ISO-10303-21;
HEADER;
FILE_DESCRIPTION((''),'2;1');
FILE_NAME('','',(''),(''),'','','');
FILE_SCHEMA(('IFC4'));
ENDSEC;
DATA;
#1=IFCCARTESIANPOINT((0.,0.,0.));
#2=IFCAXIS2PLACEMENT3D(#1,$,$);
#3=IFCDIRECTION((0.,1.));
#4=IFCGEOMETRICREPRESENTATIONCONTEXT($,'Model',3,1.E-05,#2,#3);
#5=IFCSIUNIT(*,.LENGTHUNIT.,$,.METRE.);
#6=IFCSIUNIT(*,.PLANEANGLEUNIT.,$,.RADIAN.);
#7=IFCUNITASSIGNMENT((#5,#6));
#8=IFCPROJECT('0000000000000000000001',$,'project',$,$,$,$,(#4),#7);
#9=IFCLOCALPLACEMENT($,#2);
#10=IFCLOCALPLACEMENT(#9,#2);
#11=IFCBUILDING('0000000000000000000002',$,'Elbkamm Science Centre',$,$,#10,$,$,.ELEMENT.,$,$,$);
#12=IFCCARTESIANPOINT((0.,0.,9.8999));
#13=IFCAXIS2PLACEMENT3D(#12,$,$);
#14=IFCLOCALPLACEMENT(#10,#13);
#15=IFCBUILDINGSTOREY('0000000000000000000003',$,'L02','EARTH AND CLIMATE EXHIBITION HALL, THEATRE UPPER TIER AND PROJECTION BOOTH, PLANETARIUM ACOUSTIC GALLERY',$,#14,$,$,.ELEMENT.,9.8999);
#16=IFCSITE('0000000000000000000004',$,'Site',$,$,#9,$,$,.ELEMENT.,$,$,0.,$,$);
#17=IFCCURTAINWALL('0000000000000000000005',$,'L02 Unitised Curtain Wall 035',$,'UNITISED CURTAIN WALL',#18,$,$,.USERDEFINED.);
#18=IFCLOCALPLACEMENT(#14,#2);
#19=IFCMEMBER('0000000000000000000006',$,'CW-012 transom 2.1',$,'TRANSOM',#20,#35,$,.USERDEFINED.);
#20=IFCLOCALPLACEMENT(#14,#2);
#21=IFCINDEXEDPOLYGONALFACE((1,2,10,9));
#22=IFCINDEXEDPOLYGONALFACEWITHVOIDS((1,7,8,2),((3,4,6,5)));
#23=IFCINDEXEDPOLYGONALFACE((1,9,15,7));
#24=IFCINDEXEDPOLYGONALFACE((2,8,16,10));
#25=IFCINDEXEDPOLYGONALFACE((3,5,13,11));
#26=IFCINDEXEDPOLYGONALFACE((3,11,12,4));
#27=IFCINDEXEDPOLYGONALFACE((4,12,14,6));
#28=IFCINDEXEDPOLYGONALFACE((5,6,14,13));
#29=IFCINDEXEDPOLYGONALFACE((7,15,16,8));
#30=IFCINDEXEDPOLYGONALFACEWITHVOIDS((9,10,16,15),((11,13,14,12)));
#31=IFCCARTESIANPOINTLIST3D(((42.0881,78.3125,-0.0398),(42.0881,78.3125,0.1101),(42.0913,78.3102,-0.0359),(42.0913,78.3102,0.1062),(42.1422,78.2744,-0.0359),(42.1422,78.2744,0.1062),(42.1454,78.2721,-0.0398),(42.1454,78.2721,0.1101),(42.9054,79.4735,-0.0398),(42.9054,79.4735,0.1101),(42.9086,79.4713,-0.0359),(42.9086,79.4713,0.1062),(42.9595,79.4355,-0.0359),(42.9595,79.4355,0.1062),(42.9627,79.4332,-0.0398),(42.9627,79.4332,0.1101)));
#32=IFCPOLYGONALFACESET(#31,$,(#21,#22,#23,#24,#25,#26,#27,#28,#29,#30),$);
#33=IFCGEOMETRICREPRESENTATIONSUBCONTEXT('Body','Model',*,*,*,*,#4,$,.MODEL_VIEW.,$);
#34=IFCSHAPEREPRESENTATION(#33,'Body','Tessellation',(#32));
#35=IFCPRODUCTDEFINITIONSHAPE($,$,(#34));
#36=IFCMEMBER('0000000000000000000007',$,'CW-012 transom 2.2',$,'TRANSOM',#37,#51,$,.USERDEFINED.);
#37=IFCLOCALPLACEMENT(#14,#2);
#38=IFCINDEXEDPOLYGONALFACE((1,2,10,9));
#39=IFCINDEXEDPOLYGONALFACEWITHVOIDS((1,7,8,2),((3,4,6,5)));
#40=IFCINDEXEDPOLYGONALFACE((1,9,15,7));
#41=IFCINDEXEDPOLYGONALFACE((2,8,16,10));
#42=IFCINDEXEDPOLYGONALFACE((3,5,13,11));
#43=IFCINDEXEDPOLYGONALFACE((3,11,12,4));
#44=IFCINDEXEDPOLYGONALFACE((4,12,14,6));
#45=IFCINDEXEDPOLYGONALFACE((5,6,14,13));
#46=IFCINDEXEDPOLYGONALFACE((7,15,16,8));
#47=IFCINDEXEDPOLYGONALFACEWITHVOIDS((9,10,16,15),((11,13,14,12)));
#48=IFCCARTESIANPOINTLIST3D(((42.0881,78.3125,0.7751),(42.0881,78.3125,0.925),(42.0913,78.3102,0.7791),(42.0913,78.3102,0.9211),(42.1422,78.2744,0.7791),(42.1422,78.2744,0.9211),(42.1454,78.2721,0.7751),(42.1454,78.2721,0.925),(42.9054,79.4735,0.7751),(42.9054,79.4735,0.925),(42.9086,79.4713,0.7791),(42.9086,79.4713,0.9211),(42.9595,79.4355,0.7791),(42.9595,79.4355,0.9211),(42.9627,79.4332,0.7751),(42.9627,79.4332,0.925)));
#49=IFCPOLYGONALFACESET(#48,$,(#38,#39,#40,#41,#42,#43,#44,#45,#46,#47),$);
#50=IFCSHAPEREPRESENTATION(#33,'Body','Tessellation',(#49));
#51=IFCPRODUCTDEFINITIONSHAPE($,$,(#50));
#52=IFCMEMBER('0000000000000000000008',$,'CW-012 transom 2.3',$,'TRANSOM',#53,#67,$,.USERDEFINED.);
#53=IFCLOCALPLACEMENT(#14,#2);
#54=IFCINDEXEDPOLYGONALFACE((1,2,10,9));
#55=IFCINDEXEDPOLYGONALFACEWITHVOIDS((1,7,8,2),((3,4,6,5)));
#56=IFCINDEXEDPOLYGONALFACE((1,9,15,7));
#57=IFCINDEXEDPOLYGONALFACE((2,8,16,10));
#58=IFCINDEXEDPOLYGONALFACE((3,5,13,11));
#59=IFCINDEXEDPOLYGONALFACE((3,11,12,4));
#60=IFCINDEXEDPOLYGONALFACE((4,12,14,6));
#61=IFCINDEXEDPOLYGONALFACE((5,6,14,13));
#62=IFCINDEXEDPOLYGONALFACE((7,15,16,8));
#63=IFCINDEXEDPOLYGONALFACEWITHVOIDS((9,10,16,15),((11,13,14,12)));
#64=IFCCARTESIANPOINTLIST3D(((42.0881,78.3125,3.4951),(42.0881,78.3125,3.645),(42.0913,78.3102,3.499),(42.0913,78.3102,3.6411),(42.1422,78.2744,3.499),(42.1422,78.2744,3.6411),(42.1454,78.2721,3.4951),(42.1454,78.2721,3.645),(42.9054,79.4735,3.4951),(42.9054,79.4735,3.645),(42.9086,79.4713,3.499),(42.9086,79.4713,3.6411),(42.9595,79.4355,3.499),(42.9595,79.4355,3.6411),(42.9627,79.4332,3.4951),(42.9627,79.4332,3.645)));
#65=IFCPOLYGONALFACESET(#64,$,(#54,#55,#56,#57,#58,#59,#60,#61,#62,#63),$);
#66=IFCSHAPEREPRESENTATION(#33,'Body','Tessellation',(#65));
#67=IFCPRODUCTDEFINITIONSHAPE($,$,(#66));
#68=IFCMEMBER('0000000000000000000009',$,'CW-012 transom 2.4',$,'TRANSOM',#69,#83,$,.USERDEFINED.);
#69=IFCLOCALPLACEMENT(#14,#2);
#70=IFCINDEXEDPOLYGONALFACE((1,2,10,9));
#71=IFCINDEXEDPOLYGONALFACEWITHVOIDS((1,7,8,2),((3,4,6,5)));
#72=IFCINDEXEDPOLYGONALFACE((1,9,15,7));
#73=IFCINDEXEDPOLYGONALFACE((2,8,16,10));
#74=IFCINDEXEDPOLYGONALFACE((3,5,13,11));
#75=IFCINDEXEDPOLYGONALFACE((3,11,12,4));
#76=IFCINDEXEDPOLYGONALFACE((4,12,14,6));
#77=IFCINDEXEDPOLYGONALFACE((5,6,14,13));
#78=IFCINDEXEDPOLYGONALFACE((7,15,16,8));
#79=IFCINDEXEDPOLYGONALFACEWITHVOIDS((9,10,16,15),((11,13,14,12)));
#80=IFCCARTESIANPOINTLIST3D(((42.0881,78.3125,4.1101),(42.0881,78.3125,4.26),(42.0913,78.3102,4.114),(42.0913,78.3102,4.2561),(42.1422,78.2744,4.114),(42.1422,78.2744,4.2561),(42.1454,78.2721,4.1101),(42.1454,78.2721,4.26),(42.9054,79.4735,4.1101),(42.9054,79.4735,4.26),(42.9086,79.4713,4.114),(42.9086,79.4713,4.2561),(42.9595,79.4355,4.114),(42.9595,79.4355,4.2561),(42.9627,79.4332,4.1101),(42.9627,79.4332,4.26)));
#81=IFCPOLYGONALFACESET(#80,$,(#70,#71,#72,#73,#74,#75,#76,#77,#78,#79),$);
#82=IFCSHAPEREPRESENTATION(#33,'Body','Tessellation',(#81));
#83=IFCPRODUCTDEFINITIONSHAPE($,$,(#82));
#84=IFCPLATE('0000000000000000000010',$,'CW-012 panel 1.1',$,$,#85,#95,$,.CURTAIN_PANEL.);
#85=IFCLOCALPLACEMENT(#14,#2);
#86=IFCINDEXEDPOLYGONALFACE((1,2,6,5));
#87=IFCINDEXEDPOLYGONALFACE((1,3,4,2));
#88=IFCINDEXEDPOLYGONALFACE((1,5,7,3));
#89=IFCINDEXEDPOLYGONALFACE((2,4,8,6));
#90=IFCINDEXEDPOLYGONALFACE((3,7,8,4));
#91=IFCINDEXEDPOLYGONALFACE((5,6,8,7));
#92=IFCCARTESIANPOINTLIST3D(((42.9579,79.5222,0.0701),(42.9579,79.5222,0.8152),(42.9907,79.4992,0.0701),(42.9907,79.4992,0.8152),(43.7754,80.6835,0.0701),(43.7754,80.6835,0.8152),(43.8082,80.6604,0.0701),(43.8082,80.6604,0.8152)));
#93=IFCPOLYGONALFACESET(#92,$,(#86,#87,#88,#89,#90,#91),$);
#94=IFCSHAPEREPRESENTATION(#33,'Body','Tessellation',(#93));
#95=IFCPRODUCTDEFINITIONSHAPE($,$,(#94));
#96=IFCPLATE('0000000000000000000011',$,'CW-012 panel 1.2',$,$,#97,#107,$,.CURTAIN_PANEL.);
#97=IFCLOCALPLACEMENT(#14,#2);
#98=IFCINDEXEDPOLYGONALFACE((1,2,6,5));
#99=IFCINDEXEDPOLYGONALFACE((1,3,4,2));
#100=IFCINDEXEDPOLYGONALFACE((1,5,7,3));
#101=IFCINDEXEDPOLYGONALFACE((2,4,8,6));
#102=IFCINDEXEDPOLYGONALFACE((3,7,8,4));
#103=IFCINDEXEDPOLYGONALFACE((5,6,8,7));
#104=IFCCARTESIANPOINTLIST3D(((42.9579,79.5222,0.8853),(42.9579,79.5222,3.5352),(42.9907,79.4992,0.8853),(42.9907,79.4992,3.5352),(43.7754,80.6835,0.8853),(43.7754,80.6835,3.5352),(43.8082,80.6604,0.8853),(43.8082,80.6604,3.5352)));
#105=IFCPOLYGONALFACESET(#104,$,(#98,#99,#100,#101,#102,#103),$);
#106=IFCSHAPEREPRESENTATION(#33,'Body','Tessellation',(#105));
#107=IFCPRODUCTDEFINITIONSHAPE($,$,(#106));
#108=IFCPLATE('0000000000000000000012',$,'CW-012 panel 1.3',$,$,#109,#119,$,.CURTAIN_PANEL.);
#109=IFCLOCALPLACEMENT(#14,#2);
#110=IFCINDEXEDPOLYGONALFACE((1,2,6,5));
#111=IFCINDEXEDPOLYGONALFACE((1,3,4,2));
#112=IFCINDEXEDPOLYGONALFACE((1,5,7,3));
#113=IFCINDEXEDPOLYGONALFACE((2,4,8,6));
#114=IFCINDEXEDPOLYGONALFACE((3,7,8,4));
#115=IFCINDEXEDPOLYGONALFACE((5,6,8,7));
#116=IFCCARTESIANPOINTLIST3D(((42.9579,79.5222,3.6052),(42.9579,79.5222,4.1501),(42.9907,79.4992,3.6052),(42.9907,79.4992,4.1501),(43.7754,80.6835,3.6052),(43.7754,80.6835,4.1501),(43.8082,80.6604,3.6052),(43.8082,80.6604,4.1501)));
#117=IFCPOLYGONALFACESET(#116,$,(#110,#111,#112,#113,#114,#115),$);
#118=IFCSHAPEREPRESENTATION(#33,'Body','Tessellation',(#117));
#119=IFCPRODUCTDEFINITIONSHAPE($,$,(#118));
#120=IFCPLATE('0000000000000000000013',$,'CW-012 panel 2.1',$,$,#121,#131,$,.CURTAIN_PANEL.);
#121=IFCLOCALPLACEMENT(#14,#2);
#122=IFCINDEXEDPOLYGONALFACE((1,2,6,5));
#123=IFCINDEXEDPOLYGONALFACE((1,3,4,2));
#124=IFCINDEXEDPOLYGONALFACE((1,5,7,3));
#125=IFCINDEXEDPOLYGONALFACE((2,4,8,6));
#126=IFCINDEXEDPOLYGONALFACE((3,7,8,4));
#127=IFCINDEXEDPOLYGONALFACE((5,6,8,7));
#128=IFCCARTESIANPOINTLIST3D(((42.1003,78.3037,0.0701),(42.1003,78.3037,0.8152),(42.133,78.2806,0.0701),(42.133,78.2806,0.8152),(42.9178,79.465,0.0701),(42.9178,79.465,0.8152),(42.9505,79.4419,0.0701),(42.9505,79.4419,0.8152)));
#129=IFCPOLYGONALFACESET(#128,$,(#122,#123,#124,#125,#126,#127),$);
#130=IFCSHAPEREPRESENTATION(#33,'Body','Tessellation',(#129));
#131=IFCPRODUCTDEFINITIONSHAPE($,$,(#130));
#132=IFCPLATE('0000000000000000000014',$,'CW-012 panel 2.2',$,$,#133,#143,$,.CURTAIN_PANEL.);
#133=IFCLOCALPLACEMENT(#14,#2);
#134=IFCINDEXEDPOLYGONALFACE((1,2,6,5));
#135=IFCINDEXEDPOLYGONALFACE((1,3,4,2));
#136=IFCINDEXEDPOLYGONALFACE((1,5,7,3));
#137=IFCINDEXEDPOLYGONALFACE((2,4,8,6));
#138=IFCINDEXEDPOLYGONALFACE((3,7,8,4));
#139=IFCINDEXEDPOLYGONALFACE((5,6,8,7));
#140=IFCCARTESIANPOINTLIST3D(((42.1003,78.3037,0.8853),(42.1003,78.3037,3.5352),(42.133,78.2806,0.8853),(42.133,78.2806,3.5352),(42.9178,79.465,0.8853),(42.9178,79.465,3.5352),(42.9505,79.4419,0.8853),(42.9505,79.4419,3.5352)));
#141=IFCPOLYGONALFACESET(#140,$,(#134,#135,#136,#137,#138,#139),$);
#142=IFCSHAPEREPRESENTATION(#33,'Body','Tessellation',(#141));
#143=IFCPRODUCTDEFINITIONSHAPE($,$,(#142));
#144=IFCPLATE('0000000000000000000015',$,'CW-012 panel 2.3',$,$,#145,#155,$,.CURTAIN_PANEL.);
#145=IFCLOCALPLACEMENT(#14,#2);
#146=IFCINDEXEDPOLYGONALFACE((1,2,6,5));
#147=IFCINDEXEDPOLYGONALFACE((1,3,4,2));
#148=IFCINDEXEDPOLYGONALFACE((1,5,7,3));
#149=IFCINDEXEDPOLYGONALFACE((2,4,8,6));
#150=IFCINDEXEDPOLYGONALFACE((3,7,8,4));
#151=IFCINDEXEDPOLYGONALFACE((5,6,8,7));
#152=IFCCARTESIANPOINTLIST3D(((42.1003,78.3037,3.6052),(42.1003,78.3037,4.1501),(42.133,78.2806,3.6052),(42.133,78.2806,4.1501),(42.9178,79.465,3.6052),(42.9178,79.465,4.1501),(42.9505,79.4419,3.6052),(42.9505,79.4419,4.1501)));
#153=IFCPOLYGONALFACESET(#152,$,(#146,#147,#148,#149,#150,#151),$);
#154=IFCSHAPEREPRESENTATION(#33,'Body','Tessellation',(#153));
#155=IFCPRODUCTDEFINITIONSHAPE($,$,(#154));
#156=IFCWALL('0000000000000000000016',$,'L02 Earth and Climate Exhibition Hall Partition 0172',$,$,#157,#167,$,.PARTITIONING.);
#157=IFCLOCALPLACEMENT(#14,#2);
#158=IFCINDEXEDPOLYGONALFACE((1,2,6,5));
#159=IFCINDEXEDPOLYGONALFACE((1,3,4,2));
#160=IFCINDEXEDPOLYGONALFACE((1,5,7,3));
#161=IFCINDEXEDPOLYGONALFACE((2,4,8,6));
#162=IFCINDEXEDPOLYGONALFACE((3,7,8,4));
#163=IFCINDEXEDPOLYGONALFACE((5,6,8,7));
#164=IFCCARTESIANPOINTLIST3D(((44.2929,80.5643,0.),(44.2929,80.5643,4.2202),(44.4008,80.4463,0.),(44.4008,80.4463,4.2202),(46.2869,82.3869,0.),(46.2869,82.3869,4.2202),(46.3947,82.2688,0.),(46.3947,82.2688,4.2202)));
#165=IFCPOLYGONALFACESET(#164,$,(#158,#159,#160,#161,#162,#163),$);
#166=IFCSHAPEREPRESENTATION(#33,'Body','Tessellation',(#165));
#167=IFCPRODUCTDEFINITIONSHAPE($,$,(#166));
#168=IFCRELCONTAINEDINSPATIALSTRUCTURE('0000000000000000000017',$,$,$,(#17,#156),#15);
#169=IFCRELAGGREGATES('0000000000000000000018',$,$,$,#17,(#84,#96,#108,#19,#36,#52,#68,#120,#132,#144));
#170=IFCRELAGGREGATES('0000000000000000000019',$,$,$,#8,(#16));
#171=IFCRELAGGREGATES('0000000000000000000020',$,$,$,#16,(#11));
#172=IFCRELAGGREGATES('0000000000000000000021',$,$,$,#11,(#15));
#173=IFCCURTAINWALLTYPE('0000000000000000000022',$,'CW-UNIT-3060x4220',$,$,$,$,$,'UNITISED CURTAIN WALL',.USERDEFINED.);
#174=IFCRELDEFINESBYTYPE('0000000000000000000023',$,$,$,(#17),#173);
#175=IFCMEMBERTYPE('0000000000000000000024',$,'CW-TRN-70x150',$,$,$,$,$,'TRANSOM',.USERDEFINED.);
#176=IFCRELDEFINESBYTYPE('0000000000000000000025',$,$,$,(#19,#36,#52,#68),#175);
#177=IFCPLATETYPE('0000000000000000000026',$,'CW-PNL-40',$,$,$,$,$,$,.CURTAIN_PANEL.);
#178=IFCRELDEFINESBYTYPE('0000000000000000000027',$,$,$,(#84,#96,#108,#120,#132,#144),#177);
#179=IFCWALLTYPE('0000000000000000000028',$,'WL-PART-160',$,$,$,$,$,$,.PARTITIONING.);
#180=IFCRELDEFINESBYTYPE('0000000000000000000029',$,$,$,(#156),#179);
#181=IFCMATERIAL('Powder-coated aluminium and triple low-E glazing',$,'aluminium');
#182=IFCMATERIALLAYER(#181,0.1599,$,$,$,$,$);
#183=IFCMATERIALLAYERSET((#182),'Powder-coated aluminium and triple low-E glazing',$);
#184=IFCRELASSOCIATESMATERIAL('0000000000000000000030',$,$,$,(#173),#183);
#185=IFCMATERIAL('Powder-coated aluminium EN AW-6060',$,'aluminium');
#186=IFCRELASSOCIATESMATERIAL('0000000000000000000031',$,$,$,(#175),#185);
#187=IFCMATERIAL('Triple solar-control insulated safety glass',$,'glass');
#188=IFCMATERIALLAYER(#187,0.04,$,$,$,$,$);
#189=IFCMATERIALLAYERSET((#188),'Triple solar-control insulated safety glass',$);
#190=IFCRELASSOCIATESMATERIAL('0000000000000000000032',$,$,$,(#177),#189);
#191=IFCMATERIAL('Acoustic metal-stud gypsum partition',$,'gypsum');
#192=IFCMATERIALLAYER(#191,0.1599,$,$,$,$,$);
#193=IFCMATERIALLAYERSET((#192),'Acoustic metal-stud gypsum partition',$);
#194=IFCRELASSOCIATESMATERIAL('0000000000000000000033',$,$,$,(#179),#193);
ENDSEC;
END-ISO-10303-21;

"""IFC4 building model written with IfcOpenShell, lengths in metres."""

from ifc_helpers import new_model, si_unit, direction, frame, frame_2d, origin, origin_2d, place, context, subcontext, project, spatial, rectangle, hollow_rectangle, extrude, material, layer, layer_set, material_profile, profile_set, type_object, element, aggregate, save


model = new_model("IFC4")

# Units and contexts
model_context = context("Model", 3, precision=1e-05, world=origin(), true_north=direction((0.0, 1.0)))
body_context = subcontext(model_context, "Body", "Model", "MODEL_VIEW")
ifc_project = project(units=[si_unit("LENGTHUNIT", "METRE"), si_unit("PLANEANGLEUNIT", "RADIAN")], contexts=[model_context])

# Site, building, storey
site_placement = place(None, origin())
site = spatial("IfcSite", under=ifc_project, at=site_placement, Name="Site", CompositionType="ELEMENT", RefElevation=0.0)
building_placement = place(site_placement, origin())
building = spatial("IfcBuilding", under=site, at=building_placement, Name="Elbkamm Science Centre", CompositionType="ELEMENT")
storey_placement = place(building_placement, frame((0.0, 0.0, 9.8999)))
storey = spatial("IfcBuildingStorey", under=building, at=storey_placement, Name="L02", Description="EARTH AND CLIMATE EXHIBITION HALL, THEATRE UPPER TIER AND PROJECTION BOOTH, PLANETARIUM ACOUSTIC GALLERY", CompositionType="ELEMENT", Elevation=9.8999)

# Curtain wall, members, plates
ifc_material_1 = material(Name="Powder-coated aluminium and triple low-E glazing", Category="aluminium")
ifc_layer_1 = layer(ifc_material_1, 0.1599)
ifc_layer_set_1 = layer_set([ifc_layer_1], Name="Powder-coated aluminium and triple low-E glazing")
curtain_wall_type = type_object("IfcCurtainWallType", Name="CW-UNIT-3060x4220", ElementType="UNITISED CURTAIN WALL", PredefinedType="USERDEFINED", material=ifc_layer_set_1)
curtain_wall_placement = place(storey_placement, origin())
curtain_wall = element("IfcCurtainWall", 1, at=curtain_wall_placement, inside=storey, type_object=curtain_wall_type, Name="L02 Unitised Curtain Wall 035", ObjectType="UNITISED CURTAIN WALL", PredefinedType="USERDEFINED")
ifc_material_2 = material(Name="Powder-coated aluminium EN AW-6060", Category="aluminium")
ifc_material_profile_1 = material_profile(ifc_material_2, hollow_rectangle(XDim=0.0701, YDim=0.1499, WallThickness=0.0039, at=origin_2d()), Name="ALU T70x150")
ifc_profile_set_1 = profile_set([ifc_material_profile_1], Name="Powder-coated aluminium EN AW-6060")
member_type_1 = type_object("IfcMemberType", Name="CW-TRN-70x150", ElementType="TRANSOM", PredefinedType="USERDEFINED", material=ifc_profile_set_1)
member_1_placement = place(storey_placement, frame((42.9341, 79.4534, 0.0352), z_axis=(-0.57563, -0.817711, 0.0), x_axis=(0.817711, -0.57563, 0.0)))
member_1 = element("IfcMember", 2, at=member_1_placement, type_object=member_type_1, Name="CW-012 transom 2.1", ObjectType="TRANSOM", PredefinedType="USERDEFINED", context=body_context, shape_type="SweptSolid", body=[
    extrude(hollow_rectangle(XDim=0.0701, YDim=0.1499, WallThickness=0.0039, at=origin_2d()), origin(), (0.0, 0.0, 1.0), 1.4199),
])
member_2_placement = place(storey_placement, frame((42.9341, 79.4534, 0.8501), z_axis=(-0.57563, -0.817711, 0.0), x_axis=(0.817711, -0.57563, 0.0)))
member_2 = element("IfcMember", 3, at=member_2_placement, type_object=member_type_1, Name="CW-012 transom 2.2", ObjectType="TRANSOM", PredefinedType="USERDEFINED", context=body_context, shape_type="SweptSolid", body=[
    extrude(hollow_rectangle(XDim=0.0701, YDim=0.1499, WallThickness=0.0039, at=origin_2d()), origin(), (0.0, 0.0, 1.0), 1.4199),
])
member_3_placement = place(storey_placement, frame((42.9341, 79.4534, 3.5701), z_axis=(-0.57563, -0.817711, 0.0), x_axis=(0.817711, -0.57563, 0.0)))
member_3 = element("IfcMember", 4, at=member_3_placement, type_object=member_type_1, Name="CW-012 transom 2.3", ObjectType="TRANSOM", PredefinedType="USERDEFINED", context=body_context, shape_type="SweptSolid", body=[
    extrude(hollow_rectangle(XDim=0.0701, YDim=0.1499, WallThickness=0.0039, at=origin_2d()), origin(), (0.0, 0.0, 1.0), 1.4199),
])
member_4_placement = place(storey_placement, frame((42.9341, 79.4534, 4.1851), z_axis=(-0.57563, -0.817711, 0.0), x_axis=(0.817711, -0.57563, 0.0)))
member_4 = element("IfcMember", 5, at=member_4_placement, type_object=member_type_1, Name="CW-012 transom 2.4", ObjectType="TRANSOM", PredefinedType="USERDEFINED", context=body_context, shape_type="SweptSolid", body=[
    extrude(hollow_rectangle(XDim=0.0701, YDim=0.1499, WallThickness=0.0039, at=origin_2d()), origin(), (0.0, 0.0, 1.0), 1.4199),
])
ifc_material_3 = material(Name="Triple solar-control insulated safety glass", Category="glass")
ifc_layer_2 = layer(ifc_material_3, 0.04)
ifc_layer_set_2 = layer_set([ifc_layer_2], Name="Triple solar-control insulated safety glass")
plate_type = type_object("IfcPlateType", Name="CW-PNL-40", PredefinedType="CURTAIN_PANEL", material=ifc_layer_set_2)
plate_1_placement = place(storey_placement, frame((43.3831, 80.0913, 0.0701), z_axis=(0.0, 0.0, 1.0), x_axis=(-0.575652, -0.817695, 0.0)))
plate_1 = element("IfcPlate", 6, at=plate_1_placement, type_object=plate_type, Name="CW-012 panel 1.1", PredefinedType="CURTAIN_PANEL", context=body_context, shape_type="SweptSolid", body=[
    extrude(rectangle(XDim=1.4202, YDim=0.04, at=origin_2d()), origin(), (0.0, 0.0, 1.0), 0.7451),
])
plate_2_placement = place(storey_placement, frame((43.3831, 80.0913, 0.8853), z_axis=(0.0, 0.0, 1.0), x_axis=(-0.575652, -0.817695, 0.0)))
plate_2 = element("IfcPlate", 7, at=plate_2_placement, type_object=plate_type, Name="CW-012 panel 1.2", PredefinedType="CURTAIN_PANEL", context=body_context, shape_type="SweptSolid", body=[
    extrude(rectangle(XDim=1.4202, YDim=0.04, at=origin_2d()), origin(), (0.0, 0.0, 1.0), 2.6499),
])
plate_3_placement = place(storey_placement, frame((43.3831, 80.0913, 3.6052), z_axis=(0.0, 0.0, 1.0), x_axis=(-0.575652, -0.817695, 0.0)))
plate_3 = element("IfcPlate", 8, at=plate_3_placement, type_object=plate_type, Name="CW-012 panel 1.3", PredefinedType="CURTAIN_PANEL", context=body_context, shape_type="SweptSolid", body=[
    extrude(rectangle(XDim=1.4202, YDim=0.04, at=origin_2d()), origin(), (0.0, 0.0, 1.0), 0.5449),
])
plate_4_placement = place(storey_placement, frame((42.5254, 78.8728, 0.0701), z_axis=(0.0, 0.0, 1.0), x_axis=(-0.575652, -0.817695, 0.0)))
plate_4 = element("IfcPlate", 9, at=plate_4_placement, type_object=plate_type, Name="CW-012 panel 2.1", PredefinedType="CURTAIN_PANEL", context=body_context, shape_type="SweptSolid", body=[
    extrude(rectangle(XDim=1.4202, YDim=0.04, at=origin_2d()), origin(), (0.0, 0.0, 1.0), 0.7451),
])
plate_5_placement = place(storey_placement, frame((42.5254, 78.8728, 0.8853), z_axis=(0.0, 0.0, 1.0), x_axis=(-0.575652, -0.817695, 0.0)))
plate_5 = element("IfcPlate", 10, at=plate_5_placement, type_object=plate_type, Name="CW-012 panel 2.2", PredefinedType="CURTAIN_PANEL", context=body_context, shape_type="SweptSolid", body=[
    extrude(rectangle(XDim=1.4202, YDim=0.04, at=origin_2d()), origin(), (0.0, 0.0, 1.0), 2.6499),
])
plate_6_placement = place(storey_placement, frame((42.5254, 78.8728, 3.6052), z_axis=(0.0, 0.0, 1.0), x_axis=(-0.575652, -0.817695, 0.0)))
plate_6 = element("IfcPlate", 11, at=plate_6_placement, type_object=plate_type, Name="CW-012 panel 2.3", PredefinedType="CURTAIN_PANEL", context=body_context, shape_type="SweptSolid", body=[
    extrude(rectangle(XDim=1.4202, YDim=0.04, at=origin_2d()), origin(), (0.0, 0.0, 1.0), 0.5449),
])
aggregate(curtain_wall, [plate_1, plate_2, plate_3, member_1, member_2, member_3, member_4, plate_4, plate_5, plate_6])

# Wall
ifc_material_4 = material(Name="Acoustic metal-stud gypsum partition", Category="gypsum")
ifc_layer_3 = layer(ifc_material_4, 0.1599)
ifc_layer_set_3 = layer_set([ifc_layer_3], Name="Acoustic metal-stud gypsum partition")
wall_type = type_object("IfcWallType", Name="WL-PART-160", PredefinedType="PARTITIONING", material=ifc_layer_set_3)
wall_placement = place(storey_placement, frame((44.3469, 80.5054, 0.0), z_axis=(0.0, 0.0, 1.0), x_axis=(0.738118, 0.674672, 0.0)))
element("IfcWall", 12, at=wall_placement, inside=storey, type_object=wall_type, Name="L02 Earth and Climate Exhibition Hall Partition 0172", PredefinedType="PARTITIONING", context=body_context, shape_type="SweptSolid", body=[
    extrude(rectangle(XDim=2.7014, YDim=0.1599, at=frame_2d((1.3506, 0.0))), origin(), (0.0, 0.0, 1.0), 4.2202),
])

save(model, "model.ifc")
